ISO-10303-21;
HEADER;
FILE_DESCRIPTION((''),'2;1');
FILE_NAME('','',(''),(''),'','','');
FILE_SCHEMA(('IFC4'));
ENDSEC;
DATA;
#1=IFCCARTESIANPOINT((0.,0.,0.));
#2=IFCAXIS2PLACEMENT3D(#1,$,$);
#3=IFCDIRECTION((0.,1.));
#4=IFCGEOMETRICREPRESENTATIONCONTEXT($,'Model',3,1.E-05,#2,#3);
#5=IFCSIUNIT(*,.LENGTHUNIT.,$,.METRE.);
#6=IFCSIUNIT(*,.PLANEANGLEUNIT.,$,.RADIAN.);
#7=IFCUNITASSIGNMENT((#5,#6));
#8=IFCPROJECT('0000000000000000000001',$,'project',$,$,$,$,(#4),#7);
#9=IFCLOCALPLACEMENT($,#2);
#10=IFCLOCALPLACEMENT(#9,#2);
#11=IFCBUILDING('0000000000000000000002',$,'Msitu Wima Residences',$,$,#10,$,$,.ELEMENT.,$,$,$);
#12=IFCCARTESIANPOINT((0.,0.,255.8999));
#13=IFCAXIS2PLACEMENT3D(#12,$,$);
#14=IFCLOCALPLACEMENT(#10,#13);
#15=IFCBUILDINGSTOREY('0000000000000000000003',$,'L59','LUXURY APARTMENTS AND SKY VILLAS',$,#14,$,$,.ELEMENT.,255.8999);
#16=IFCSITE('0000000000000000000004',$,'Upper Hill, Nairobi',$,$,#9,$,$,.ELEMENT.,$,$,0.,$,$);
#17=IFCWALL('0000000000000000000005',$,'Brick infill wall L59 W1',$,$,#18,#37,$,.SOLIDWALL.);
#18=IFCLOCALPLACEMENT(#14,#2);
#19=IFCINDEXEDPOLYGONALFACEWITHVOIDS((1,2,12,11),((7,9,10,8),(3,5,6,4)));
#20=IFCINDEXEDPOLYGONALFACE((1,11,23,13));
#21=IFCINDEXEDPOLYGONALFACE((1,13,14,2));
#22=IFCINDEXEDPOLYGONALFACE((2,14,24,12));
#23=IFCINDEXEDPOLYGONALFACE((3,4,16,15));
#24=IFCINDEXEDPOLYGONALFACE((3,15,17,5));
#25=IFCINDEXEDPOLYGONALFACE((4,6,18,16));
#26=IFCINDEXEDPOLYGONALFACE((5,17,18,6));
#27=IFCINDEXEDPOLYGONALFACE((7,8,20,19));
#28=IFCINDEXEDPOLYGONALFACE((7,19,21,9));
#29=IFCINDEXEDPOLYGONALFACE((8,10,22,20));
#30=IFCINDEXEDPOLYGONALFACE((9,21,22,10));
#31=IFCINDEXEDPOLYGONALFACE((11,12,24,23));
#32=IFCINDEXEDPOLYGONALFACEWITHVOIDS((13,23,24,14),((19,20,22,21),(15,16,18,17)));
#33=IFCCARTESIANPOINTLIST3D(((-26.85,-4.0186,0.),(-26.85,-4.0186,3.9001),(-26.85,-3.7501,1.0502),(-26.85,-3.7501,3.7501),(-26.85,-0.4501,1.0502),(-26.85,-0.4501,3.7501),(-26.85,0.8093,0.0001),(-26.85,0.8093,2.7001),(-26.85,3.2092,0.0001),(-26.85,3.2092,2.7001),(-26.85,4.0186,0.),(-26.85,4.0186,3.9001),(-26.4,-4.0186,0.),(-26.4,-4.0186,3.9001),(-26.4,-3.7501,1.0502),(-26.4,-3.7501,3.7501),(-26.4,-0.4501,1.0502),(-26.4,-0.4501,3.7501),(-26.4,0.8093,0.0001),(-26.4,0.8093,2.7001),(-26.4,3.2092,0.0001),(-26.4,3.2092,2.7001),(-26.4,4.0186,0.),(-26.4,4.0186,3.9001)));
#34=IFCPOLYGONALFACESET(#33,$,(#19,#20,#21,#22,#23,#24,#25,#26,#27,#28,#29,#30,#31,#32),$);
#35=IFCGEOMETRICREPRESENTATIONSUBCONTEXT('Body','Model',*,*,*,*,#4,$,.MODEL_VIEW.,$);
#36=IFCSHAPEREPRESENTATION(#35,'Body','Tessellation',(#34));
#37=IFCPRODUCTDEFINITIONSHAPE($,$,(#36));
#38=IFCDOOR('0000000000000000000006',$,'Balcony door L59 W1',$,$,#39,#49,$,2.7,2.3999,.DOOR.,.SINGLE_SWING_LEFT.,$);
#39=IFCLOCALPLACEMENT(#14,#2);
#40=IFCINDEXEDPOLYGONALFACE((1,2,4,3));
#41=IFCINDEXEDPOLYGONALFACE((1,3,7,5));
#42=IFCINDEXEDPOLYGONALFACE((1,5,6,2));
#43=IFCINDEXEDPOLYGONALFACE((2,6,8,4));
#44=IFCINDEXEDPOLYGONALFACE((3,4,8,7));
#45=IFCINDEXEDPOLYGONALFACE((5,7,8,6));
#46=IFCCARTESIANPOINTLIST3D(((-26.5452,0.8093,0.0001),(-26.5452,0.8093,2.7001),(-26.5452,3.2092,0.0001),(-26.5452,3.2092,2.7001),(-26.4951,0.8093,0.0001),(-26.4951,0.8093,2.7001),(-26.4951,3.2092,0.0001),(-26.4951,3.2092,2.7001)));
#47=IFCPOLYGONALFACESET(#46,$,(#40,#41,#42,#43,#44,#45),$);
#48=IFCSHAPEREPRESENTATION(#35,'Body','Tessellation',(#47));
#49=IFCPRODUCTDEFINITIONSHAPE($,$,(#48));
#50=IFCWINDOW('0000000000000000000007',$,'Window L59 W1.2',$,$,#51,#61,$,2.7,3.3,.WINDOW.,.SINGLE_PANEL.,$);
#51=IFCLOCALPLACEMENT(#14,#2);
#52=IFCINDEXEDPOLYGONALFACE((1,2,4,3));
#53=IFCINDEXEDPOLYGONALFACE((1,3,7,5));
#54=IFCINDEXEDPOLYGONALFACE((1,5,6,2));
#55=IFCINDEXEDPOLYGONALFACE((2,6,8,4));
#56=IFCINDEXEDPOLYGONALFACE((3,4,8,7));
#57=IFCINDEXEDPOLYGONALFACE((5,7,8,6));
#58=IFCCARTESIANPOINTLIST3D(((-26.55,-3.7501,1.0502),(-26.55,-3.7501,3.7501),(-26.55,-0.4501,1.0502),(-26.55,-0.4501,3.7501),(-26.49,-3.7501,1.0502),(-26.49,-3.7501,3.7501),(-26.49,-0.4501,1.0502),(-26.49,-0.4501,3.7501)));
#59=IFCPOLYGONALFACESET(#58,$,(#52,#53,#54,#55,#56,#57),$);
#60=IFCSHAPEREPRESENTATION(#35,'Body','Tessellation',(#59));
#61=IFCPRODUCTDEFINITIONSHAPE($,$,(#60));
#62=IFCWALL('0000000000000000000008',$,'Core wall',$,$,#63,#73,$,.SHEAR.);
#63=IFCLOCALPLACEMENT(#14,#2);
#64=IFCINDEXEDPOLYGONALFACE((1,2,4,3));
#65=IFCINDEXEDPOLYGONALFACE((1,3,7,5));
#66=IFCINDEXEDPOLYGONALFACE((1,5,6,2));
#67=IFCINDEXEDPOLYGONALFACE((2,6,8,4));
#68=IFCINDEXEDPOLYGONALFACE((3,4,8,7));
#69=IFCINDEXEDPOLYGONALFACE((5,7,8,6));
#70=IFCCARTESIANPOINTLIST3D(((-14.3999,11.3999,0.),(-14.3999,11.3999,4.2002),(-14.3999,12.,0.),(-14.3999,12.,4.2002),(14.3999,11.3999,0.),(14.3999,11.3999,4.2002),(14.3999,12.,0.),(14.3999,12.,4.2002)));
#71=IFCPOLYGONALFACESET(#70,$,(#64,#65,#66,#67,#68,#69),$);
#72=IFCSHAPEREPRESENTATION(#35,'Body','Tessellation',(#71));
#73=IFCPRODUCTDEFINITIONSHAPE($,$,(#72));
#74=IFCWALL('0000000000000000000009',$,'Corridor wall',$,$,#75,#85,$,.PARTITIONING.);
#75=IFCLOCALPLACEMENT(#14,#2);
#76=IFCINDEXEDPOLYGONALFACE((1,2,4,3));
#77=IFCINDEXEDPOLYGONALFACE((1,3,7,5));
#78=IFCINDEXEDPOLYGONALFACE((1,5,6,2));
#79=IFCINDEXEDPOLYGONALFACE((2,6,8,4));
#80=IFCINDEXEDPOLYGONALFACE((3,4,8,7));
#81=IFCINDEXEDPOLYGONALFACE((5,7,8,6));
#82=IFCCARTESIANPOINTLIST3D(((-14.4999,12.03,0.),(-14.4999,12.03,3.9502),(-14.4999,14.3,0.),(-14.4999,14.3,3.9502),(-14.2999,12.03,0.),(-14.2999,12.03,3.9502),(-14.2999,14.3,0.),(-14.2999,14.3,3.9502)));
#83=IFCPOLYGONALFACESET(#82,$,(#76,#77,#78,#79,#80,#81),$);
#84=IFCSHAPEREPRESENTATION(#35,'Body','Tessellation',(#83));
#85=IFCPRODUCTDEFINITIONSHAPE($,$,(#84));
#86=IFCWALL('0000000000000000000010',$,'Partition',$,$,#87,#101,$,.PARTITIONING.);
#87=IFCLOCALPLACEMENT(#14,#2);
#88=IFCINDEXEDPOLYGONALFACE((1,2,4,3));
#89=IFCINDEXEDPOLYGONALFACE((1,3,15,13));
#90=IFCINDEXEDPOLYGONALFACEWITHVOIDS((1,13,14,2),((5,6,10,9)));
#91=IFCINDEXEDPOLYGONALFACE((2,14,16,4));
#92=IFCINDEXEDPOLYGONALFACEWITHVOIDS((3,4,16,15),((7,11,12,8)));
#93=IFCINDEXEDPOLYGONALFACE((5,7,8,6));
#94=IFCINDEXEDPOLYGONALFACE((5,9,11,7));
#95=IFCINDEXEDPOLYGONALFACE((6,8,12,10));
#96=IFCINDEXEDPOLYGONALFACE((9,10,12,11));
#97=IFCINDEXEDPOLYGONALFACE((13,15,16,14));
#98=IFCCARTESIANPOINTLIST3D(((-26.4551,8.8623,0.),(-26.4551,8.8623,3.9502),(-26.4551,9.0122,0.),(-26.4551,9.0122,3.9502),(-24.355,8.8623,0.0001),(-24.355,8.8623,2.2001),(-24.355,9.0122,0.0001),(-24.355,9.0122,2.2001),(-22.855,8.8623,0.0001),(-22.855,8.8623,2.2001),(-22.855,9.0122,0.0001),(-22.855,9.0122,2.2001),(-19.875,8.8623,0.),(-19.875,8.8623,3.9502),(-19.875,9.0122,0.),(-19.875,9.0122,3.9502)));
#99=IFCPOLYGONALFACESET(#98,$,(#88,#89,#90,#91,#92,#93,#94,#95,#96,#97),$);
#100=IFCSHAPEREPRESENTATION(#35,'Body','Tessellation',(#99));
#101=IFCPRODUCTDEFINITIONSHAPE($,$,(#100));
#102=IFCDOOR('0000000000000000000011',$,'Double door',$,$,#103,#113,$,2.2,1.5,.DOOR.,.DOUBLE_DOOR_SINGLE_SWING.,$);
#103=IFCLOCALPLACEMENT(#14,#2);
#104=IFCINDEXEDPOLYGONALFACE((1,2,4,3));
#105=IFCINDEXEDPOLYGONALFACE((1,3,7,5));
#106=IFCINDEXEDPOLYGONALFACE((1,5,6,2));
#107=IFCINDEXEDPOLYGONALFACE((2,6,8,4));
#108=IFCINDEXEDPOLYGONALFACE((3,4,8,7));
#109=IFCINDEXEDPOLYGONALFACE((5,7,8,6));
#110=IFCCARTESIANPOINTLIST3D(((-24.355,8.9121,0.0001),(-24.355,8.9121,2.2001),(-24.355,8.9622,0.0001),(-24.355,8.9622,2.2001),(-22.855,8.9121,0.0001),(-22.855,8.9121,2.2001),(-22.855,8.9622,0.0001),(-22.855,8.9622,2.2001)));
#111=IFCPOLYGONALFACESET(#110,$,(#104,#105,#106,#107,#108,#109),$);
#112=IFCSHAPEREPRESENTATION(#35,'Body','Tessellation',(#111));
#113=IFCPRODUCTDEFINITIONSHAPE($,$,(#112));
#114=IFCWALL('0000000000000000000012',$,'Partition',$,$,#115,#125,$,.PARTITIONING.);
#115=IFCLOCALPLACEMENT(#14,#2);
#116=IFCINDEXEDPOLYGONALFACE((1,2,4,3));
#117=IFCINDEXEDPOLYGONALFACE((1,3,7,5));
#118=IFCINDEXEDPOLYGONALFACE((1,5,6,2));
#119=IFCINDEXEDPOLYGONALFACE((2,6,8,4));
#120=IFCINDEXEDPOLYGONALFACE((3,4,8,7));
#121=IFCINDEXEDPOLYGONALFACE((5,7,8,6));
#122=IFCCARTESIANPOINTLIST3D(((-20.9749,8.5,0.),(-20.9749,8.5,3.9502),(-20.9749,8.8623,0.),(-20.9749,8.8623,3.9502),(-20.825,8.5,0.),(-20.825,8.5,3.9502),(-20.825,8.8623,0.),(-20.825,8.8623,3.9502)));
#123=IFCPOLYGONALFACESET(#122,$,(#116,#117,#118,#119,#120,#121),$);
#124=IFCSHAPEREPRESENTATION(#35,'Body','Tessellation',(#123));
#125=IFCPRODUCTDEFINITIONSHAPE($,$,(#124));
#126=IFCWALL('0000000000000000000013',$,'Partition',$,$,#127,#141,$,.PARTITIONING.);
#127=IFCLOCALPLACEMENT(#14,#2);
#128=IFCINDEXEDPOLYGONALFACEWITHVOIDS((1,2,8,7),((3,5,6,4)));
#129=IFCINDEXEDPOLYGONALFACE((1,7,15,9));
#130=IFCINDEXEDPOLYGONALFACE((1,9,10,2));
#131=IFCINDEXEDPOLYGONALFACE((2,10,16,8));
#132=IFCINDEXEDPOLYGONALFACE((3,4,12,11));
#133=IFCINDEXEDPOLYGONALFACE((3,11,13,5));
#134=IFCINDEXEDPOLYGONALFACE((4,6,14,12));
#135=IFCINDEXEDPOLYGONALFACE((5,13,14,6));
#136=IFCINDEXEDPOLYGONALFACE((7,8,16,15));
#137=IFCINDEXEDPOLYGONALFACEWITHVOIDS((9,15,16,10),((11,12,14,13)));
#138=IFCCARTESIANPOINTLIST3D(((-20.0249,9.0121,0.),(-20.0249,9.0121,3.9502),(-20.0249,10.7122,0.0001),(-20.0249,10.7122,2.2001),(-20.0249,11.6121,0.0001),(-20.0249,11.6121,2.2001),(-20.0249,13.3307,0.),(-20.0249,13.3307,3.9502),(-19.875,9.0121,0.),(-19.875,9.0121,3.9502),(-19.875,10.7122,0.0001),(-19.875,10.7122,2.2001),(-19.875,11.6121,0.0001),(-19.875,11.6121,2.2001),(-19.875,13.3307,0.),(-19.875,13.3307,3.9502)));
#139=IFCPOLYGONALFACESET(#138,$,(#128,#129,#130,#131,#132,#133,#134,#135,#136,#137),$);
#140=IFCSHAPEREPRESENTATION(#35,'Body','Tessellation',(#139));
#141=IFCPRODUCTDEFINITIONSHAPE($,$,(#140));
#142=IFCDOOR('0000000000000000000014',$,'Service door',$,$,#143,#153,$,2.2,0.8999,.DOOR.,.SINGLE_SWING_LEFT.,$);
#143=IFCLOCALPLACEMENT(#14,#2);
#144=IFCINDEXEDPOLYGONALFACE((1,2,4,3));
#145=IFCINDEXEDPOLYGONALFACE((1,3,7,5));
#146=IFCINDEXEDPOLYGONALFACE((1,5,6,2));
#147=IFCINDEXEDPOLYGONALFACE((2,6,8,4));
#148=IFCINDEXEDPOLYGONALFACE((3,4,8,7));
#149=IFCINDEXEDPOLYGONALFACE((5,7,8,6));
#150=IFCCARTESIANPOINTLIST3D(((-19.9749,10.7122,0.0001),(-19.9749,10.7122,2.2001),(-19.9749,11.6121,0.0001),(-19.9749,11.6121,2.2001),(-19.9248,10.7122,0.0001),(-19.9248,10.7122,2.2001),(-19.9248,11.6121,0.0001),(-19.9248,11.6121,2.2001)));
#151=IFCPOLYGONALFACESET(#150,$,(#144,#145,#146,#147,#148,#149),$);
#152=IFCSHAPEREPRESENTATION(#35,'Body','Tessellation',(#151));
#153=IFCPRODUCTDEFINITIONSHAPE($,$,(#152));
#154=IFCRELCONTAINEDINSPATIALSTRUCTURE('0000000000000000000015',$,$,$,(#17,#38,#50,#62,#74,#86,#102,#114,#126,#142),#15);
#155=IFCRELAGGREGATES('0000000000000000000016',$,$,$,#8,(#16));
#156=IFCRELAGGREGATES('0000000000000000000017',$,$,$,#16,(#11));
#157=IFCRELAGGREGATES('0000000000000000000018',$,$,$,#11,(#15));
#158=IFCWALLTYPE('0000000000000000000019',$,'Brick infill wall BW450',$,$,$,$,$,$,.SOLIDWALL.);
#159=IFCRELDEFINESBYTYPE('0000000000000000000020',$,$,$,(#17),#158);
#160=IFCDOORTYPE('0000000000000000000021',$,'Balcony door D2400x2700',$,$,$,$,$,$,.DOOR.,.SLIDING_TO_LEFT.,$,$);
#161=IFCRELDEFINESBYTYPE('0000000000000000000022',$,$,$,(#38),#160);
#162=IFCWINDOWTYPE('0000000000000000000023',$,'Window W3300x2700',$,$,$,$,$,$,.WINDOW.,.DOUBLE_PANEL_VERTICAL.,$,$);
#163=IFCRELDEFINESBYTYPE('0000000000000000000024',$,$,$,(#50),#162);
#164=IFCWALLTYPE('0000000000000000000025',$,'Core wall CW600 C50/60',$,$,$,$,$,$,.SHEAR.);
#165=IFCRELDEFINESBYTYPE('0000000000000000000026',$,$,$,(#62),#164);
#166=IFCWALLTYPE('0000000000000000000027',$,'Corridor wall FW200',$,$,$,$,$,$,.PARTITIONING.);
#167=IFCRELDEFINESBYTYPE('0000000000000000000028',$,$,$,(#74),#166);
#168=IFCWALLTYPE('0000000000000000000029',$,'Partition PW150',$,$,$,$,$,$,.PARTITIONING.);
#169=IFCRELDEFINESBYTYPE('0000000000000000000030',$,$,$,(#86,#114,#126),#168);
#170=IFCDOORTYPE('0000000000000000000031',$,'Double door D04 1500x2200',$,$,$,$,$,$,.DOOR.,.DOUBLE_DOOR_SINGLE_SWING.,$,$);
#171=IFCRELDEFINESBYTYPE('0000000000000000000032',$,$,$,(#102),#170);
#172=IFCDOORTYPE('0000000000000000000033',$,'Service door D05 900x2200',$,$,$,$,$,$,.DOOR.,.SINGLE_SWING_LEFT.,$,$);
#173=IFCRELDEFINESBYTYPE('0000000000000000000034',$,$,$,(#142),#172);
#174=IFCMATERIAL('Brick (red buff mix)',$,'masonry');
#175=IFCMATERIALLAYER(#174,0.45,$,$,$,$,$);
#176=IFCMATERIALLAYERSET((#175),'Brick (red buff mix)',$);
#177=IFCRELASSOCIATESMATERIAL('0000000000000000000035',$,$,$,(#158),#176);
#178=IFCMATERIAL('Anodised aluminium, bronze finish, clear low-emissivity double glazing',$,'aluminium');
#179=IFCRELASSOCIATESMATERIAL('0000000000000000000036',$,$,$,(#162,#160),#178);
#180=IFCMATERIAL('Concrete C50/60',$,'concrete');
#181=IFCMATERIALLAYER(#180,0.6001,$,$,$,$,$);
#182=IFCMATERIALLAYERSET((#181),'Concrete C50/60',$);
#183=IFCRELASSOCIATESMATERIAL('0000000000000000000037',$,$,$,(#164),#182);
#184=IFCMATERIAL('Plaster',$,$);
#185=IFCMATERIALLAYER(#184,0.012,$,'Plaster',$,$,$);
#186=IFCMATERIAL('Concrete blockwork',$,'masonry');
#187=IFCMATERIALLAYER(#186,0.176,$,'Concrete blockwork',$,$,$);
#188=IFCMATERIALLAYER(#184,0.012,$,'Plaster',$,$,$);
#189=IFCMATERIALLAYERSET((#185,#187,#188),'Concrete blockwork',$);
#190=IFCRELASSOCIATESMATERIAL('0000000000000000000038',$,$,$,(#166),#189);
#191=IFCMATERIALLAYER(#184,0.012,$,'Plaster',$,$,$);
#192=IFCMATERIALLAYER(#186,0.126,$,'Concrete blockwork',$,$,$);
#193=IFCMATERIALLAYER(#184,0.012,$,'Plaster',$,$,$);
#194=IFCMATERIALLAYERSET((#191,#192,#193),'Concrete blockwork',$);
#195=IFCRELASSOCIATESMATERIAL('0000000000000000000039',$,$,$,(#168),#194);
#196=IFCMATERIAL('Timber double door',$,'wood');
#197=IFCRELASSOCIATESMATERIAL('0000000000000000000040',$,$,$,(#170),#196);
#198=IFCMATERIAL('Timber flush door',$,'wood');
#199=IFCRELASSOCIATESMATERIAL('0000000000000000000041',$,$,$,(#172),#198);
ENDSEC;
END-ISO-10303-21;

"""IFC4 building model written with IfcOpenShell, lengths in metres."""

from ifc_helpers import new_model, si_unit, direction, frame, frame_2d, origin, place, context, subcontext, project, spatial, rectangle, extrude, material, layer, layer_set, type_object, element, fill, save


model = new_model("IFC4")

# Units and contexts
model_context = context("Model", 3, precision=1e-05, world=origin(), true_north=direction((0.0, 1.0)))
body_context = subcontext(model_context, "Body", "Model", "MODEL_VIEW")
ifc_project = project(units=[si_unit("LENGTHUNIT", "METRE"), si_unit("PLANEANGLEUNIT", "RADIAN")], contexts=[model_context])

# Site, building, storey
site_placement = place(None, origin())
site = spatial("IfcSite", under=ifc_project, at=site_placement, Name="Upper Hill, Nairobi", CompositionType="ELEMENT", RefElevation=0.0)
building_placement = place(site_placement, origin())
building = spatial("IfcBuilding", under=site, at=building_placement, Name="Msitu Wima Residences", CompositionType="ELEMENT")
storey_placement = place(building_placement, frame((0.0, 0.0, 255.8999)))
storey = spatial("IfcBuildingStorey", under=building, at=storey_placement, Name="L59", Description="LUXURY APARTMENTS AND SKY VILLAS", CompositionType="ELEMENT", Elevation=255.8999)

# Shared definitions
ifc_material_1 = material(Name="Concrete C50/60", Category="concrete")

# Shared definitions
ifc_material_2 = material(Name="Brick (red buff mix)", Category="masonry")
ifc_layer_1 = layer(ifc_material_2, 0.45)
ifc_layer_set_1 = layer_set([ifc_layer_1], Name="Brick (red buff mix)")
wall_type_1 = type_object("IfcWallType", Name="Brick infill wall BW450", PredefinedType="SOLIDWALL", material=ifc_layer_set_1)
ifc_material_3 = material(Name="Anodised aluminium, bronze finish, clear low-emissivity double glazing", Category="aluminium")
window_type = type_object("IfcWindowType", Name="Window W3300x2700", PartitioningType="DOUBLE_PANEL_VERTICAL", PredefinedType="WINDOW", material=ifc_material_3)

# Wall, openings, door, window
wall_1_placement = place(storey_placement, frame((-26.625, 4.0186, 0.0), z_axis=(0.0, 0.0, 1.0), x_axis=(0.0, -1.0, 0.0)))
wall_1 = element("IfcWall", 1, at=wall_1_placement, inside=storey, type_object=wall_type_1, Name="Brick infill wall L59 W1", PredefinedType="SOLIDWALL", context=body_context, shape_type="SweptSolid", body=[
    extrude(rectangle(XDim=8.0371, YDim=0.45, at=frame_2d((4.0186, 0.0))), origin(), (0.0, 0.0, 1.0), 3.9001),
])
opening_1_placement = place(wall_1_placement, frame((0.8093, 0.0, 0.0)))
opening_1 = element("IfcOpeningElement", 2, at=opening_1_placement, cuts=wall_1, PredefinedType="OPENING", context=body_context, shape_type="SweptSolid", body=[
    extrude(rectangle(XDim=2.3999, YDim=2.7, at=frame_2d((1.2, 1.3501))), frame((0.0, 0.2349, 0.0), z_axis=(0.0, -1.0, 0.0), x_axis=(1.0, 0.0, 0.0)), (0.0, 0.0, 1.0), 0.47),
])
opening_2_placement = place(wall_1_placement, frame((4.4688, 0.0, 1.05)))
opening_2 = element("IfcOpeningElement", 3, at=opening_2_placement, cuts=wall_1, PredefinedType="OPENING", context=body_context, shape_type="SweptSolid", body=[
    extrude(rectangle(XDim=3.3, YDim=2.7, at=frame_2d((1.6499, 1.3501))), frame((0.0, 0.2349, 0.0), z_axis=(0.0, -1.0, 0.0), x_axis=(1.0, 0.0, 0.0)), (0.0, 0.0, 1.0), 0.47),
])
door_type_1 = type_object("IfcDoorType", Name="Balcony door D2400x2700", OperationType="SLIDING_TO_LEFT", PredefinedType="DOOR", material=ifc_material_3)
door_1_placement = place(opening_1_placement, origin())
door_1 = element("IfcDoor", 4, at=door_1_placement, inside=storey, type_object=door_type_1, Name="Balcony door L59 W1", OperationType="SINGLE_SWING_LEFT", OverallHeight=2.7, OverallWidth=2.3999, PredefinedType="DOOR", context=body_context, shape_type="SweptSolid", body=[
    extrude(rectangle(XDim=2.3999, YDim=2.7, at=frame_2d((1.2, 1.3501))), frame((0.0, 0.1299, 0.0), z_axis=(0.0, -1.0, 0.0), x_axis=(1.0, 0.0, 0.0)), (0.0, 0.0, 1.0), 0.05),
])
fill(opening_1, door_1)
window_1_placement = place(opening_2_placement, origin())
window_1 = element("IfcWindow", 5, at=window_1_placement, inside=storey, type_object=window_type, Name="Window L59 W1.2", OverallHeight=2.7, OverallWidth=3.3, PartitioningType="SINGLE_PANEL", PredefinedType="WINDOW", context=body_context, shape_type="SweptSolid", body=[
    extrude(rectangle(XDim=3.3, YDim=2.7, at=frame_2d((1.6499, 1.3501))), frame((0.0, 0.135, 0.0), z_axis=(0.0, -1.0, 0.0), x_axis=(1.0, 0.0, 0.0)), (0.0, 0.0, 1.0), 0.0601),
])
fill(opening_2, window_1)

# Walls
ifc_layer_2 = layer(ifc_material_1, 0.6001)
ifc_layer_set_2 = layer_set([ifc_layer_2], Name="Concrete C50/60")
wall_type_2 = type_object("IfcWallType", Name="Core wall CW600 C50/60", PredefinedType="SHEAR", material=ifc_layer_set_2)
wall_2_placement = place(storey_placement, frame((-14.3999, 11.7, 0.0), z_axis=(0.0, 0.0, 1.0), x_axis=(1.0, 0.0, 0.0)))
element("IfcWall", 6, at=wall_2_placement, inside=storey, type_object=wall_type_2, Name="Core wall", PredefinedType="SHEAR", context=body_context, shape_type="SweptSolid", body=[
    extrude(rectangle(XDim=28.7998, YDim=0.6001, at=frame_2d((14.3999, 0.0))), origin(), (0.0, 0.0, 1.0), 4.2002),
])
ifc_material_4 = material(Name="Plaster")
ifc_layer_3 = layer(ifc_material_4, 0.012, Name="Plaster")
ifc_material_5 = material(Name="Concrete blockwork", Category="masonry")
ifc_layer_4 = layer(ifc_material_5, 0.176, Name="Concrete blockwork")
ifc_layer_5 = layer(ifc_material_4, 0.012, Name="Plaster")
ifc_layer_set_3 = layer_set([ifc_layer_3, ifc_layer_4, ifc_layer_5], Name="Concrete blockwork")
wall_type_3 = type_object("IfcWallType", Name="Corridor wall FW200", PredefinedType="PARTITIONING", material=ifc_layer_set_3)
wall_3_placement = place(storey_placement, frame((-14.3999, 12.03, 0.0), z_axis=(0.0, 0.0, 1.0), x_axis=(0.0, 1.0, 0.0)))
element("IfcWall", 7, at=wall_3_placement, inside=storey, type_object=wall_type_3, Name="Corridor wall", PredefinedType="PARTITIONING", context=body_context, shape_type="SweptSolid", body=[
    extrude(rectangle(XDim=2.27, YDim=0.2, at=frame_2d((1.135, 0.0))), origin(), (0.0, 0.0, 1.0), 3.9502),
])

# Wall, opening, door
ifc_layer_6 = layer(ifc_material_4, 0.012, Name="Plaster")
ifc_layer_7 = layer(ifc_material_5, 0.126, Name="Concrete blockwork")
ifc_layer_8 = layer(ifc_material_4, 0.012, Name="Plaster")
ifc_layer_set_4 = layer_set([ifc_layer_6, ifc_layer_7, ifc_layer_8], Name="Concrete blockwork")
wall_type_4 = type_object("IfcWallType", Name="Partition PW150", PredefinedType="PARTITIONING", material=ifc_layer_set_4)
wall_4_placement = place(storey_placement, frame((-26.4551, 8.9373, 0.0), z_axis=(0.0, 0.0, 1.0), x_axis=(1.0, 0.0, 0.0)))
wall_4 = element("IfcWall", 8, at=wall_4_placement, inside=storey, type_object=wall_type_4, Name="Partition", PredefinedType="PARTITIONING", context=body_context, shape_type="SweptSolid", body=[
    extrude(rectangle(XDim=6.5801, YDim=0.1499, at=frame_2d((3.29, 0.0))), origin(), (0.0, 0.0, 1.0), 3.9502),
])
opening_3_placement = place(wall_4_placement, frame((2.1001, 0.0, 0.0)))
opening_3 = element("IfcOpeningElement", 9, at=opening_3_placement, cuts=wall_4, PredefinedType="OPENING", context=body_context, shape_type="SweptSolid", body=[
    extrude(rectangle(XDim=1.5, YDim=2.2, at=frame_2d((0.75, 1.1001))), frame((0.0, 0.085, 0.0), z_axis=(0.0, -1.0, 0.0), x_axis=(1.0, 0.0, 0.0)), (0.0, 0.0, 1.0), 0.1699),
])
ifc_material_6 = material(Name="Timber double door", Category="wood")
door_type_2 = type_object("IfcDoorType", Name="Double door D04 1500x2200", OperationType="DOUBLE_DOOR_SINGLE_SWING", PredefinedType="DOOR", material=ifc_material_6)
door_2_placement = place(opening_3_placement, origin())
door_2 = element("IfcDoor", 10, at=door_2_placement, inside=storey, type_object=door_type_2, Name="Double door", OperationType="DOUBLE_DOOR_SINGLE_SWING", OverallHeight=2.2, OverallWidth=1.5, PredefinedType="DOOR", context=body_context, shape_type="SweptSolid", body=[
    extrude(rectangle(XDim=1.5, YDim=2.2, at=frame_2d((0.75, 1.1001))), frame((0.0, 0.0249, 0.0), z_axis=(0.0, -1.0, 0.0), x_axis=(1.0, 0.0, 0.0)), (0.0, 0.0, 1.0), 0.05),
])
fill(opening_3, door_2)

# Wall
wall_5_placement = place(storey_placement, frame((-20.8999, 8.5, 0.0), z_axis=(0.0, 0.0, 1.0), x_axis=(0.0, 1.0, 0.0)))
element("IfcWall", 11, at=wall_5_placement, inside=storey, type_object=wall_type_4, Name="Partition", PredefinedType="PARTITIONING", context=body_context, shape_type="SweptSolid", body=[
    extrude(rectangle(XDim=0.3623, YDim=0.1499, at=frame_2d((0.1812, 0.0))), origin(), (0.0, 0.0, 1.0), 3.9502),
])

# Wall, opening, door
wall_6_placement = place(storey_placement, frame((-19.95, 9.0122, 0.0), z_axis=(0.0, 0.0, 1.0), x_axis=(0.0, 1.0, 0.0)))
wall_6 = element("IfcWall", 12, at=wall_6_placement, inside=storey, type_object=wall_type_4, Name="Partition", PredefinedType="PARTITIONING", context=body_context, shape_type="SweptSolid", body=[
    extrude(rectangle(XDim=4.3186, YDim=0.1499, at=frame_2d((2.1592, 0.0))), origin(), (0.0, 0.0, 1.0), 3.9502),
])
opening_4_placement = place(wall_6_placement, frame((1.7, 0.0, 0.0)))
opening_4 = element("IfcOpeningElement", 13, at=opening_4_placement, cuts=wall_6, PredefinedType="OPENING", context=body_context, shape_type="SweptSolid", body=[
    extrude(rectangle(XDim=0.8999, YDim=2.2, at=frame_2d((0.45, 1.1001))), frame((0.0, 0.085, 0.0), z_axis=(0.0, -1.0, 0.0), x_axis=(1.0, 0.0, 0.0)), (0.0, 0.0, 1.0), 0.1699),
])
ifc_material_7 = material(Name="Timber flush door", Category="wood")
door_type_3 = type_object("IfcDoorType", Name="Service door D05 900x2200", OperationType="SINGLE_SWING_LEFT", PredefinedType="DOOR", material=ifc_material_7)
door_3_placement = place(opening_4_placement, origin())
door_3 = element("IfcDoor", 14, at=door_3_placement, inside=storey, type_object=door_type_3, Name="Service door", OperationType="SINGLE_SWING_LEFT", OverallHeight=2.2, OverallWidth=0.8999, PredefinedType="DOOR", context=body_context, shape_type="SweptSolid", body=[
    extrude(rectangle(XDim=0.8999, YDim=2.2, at=frame_2d((0.45, 1.1001))), frame((0.0, 0.0249, 0.0), z_axis=(0.0, -1.0, 0.0), x_axis=(1.0, 0.0, 0.0)), (0.0, 0.0, 1.0), 0.05),
])
fill(opening_4, door_3)

save(model, "model.ifc")
